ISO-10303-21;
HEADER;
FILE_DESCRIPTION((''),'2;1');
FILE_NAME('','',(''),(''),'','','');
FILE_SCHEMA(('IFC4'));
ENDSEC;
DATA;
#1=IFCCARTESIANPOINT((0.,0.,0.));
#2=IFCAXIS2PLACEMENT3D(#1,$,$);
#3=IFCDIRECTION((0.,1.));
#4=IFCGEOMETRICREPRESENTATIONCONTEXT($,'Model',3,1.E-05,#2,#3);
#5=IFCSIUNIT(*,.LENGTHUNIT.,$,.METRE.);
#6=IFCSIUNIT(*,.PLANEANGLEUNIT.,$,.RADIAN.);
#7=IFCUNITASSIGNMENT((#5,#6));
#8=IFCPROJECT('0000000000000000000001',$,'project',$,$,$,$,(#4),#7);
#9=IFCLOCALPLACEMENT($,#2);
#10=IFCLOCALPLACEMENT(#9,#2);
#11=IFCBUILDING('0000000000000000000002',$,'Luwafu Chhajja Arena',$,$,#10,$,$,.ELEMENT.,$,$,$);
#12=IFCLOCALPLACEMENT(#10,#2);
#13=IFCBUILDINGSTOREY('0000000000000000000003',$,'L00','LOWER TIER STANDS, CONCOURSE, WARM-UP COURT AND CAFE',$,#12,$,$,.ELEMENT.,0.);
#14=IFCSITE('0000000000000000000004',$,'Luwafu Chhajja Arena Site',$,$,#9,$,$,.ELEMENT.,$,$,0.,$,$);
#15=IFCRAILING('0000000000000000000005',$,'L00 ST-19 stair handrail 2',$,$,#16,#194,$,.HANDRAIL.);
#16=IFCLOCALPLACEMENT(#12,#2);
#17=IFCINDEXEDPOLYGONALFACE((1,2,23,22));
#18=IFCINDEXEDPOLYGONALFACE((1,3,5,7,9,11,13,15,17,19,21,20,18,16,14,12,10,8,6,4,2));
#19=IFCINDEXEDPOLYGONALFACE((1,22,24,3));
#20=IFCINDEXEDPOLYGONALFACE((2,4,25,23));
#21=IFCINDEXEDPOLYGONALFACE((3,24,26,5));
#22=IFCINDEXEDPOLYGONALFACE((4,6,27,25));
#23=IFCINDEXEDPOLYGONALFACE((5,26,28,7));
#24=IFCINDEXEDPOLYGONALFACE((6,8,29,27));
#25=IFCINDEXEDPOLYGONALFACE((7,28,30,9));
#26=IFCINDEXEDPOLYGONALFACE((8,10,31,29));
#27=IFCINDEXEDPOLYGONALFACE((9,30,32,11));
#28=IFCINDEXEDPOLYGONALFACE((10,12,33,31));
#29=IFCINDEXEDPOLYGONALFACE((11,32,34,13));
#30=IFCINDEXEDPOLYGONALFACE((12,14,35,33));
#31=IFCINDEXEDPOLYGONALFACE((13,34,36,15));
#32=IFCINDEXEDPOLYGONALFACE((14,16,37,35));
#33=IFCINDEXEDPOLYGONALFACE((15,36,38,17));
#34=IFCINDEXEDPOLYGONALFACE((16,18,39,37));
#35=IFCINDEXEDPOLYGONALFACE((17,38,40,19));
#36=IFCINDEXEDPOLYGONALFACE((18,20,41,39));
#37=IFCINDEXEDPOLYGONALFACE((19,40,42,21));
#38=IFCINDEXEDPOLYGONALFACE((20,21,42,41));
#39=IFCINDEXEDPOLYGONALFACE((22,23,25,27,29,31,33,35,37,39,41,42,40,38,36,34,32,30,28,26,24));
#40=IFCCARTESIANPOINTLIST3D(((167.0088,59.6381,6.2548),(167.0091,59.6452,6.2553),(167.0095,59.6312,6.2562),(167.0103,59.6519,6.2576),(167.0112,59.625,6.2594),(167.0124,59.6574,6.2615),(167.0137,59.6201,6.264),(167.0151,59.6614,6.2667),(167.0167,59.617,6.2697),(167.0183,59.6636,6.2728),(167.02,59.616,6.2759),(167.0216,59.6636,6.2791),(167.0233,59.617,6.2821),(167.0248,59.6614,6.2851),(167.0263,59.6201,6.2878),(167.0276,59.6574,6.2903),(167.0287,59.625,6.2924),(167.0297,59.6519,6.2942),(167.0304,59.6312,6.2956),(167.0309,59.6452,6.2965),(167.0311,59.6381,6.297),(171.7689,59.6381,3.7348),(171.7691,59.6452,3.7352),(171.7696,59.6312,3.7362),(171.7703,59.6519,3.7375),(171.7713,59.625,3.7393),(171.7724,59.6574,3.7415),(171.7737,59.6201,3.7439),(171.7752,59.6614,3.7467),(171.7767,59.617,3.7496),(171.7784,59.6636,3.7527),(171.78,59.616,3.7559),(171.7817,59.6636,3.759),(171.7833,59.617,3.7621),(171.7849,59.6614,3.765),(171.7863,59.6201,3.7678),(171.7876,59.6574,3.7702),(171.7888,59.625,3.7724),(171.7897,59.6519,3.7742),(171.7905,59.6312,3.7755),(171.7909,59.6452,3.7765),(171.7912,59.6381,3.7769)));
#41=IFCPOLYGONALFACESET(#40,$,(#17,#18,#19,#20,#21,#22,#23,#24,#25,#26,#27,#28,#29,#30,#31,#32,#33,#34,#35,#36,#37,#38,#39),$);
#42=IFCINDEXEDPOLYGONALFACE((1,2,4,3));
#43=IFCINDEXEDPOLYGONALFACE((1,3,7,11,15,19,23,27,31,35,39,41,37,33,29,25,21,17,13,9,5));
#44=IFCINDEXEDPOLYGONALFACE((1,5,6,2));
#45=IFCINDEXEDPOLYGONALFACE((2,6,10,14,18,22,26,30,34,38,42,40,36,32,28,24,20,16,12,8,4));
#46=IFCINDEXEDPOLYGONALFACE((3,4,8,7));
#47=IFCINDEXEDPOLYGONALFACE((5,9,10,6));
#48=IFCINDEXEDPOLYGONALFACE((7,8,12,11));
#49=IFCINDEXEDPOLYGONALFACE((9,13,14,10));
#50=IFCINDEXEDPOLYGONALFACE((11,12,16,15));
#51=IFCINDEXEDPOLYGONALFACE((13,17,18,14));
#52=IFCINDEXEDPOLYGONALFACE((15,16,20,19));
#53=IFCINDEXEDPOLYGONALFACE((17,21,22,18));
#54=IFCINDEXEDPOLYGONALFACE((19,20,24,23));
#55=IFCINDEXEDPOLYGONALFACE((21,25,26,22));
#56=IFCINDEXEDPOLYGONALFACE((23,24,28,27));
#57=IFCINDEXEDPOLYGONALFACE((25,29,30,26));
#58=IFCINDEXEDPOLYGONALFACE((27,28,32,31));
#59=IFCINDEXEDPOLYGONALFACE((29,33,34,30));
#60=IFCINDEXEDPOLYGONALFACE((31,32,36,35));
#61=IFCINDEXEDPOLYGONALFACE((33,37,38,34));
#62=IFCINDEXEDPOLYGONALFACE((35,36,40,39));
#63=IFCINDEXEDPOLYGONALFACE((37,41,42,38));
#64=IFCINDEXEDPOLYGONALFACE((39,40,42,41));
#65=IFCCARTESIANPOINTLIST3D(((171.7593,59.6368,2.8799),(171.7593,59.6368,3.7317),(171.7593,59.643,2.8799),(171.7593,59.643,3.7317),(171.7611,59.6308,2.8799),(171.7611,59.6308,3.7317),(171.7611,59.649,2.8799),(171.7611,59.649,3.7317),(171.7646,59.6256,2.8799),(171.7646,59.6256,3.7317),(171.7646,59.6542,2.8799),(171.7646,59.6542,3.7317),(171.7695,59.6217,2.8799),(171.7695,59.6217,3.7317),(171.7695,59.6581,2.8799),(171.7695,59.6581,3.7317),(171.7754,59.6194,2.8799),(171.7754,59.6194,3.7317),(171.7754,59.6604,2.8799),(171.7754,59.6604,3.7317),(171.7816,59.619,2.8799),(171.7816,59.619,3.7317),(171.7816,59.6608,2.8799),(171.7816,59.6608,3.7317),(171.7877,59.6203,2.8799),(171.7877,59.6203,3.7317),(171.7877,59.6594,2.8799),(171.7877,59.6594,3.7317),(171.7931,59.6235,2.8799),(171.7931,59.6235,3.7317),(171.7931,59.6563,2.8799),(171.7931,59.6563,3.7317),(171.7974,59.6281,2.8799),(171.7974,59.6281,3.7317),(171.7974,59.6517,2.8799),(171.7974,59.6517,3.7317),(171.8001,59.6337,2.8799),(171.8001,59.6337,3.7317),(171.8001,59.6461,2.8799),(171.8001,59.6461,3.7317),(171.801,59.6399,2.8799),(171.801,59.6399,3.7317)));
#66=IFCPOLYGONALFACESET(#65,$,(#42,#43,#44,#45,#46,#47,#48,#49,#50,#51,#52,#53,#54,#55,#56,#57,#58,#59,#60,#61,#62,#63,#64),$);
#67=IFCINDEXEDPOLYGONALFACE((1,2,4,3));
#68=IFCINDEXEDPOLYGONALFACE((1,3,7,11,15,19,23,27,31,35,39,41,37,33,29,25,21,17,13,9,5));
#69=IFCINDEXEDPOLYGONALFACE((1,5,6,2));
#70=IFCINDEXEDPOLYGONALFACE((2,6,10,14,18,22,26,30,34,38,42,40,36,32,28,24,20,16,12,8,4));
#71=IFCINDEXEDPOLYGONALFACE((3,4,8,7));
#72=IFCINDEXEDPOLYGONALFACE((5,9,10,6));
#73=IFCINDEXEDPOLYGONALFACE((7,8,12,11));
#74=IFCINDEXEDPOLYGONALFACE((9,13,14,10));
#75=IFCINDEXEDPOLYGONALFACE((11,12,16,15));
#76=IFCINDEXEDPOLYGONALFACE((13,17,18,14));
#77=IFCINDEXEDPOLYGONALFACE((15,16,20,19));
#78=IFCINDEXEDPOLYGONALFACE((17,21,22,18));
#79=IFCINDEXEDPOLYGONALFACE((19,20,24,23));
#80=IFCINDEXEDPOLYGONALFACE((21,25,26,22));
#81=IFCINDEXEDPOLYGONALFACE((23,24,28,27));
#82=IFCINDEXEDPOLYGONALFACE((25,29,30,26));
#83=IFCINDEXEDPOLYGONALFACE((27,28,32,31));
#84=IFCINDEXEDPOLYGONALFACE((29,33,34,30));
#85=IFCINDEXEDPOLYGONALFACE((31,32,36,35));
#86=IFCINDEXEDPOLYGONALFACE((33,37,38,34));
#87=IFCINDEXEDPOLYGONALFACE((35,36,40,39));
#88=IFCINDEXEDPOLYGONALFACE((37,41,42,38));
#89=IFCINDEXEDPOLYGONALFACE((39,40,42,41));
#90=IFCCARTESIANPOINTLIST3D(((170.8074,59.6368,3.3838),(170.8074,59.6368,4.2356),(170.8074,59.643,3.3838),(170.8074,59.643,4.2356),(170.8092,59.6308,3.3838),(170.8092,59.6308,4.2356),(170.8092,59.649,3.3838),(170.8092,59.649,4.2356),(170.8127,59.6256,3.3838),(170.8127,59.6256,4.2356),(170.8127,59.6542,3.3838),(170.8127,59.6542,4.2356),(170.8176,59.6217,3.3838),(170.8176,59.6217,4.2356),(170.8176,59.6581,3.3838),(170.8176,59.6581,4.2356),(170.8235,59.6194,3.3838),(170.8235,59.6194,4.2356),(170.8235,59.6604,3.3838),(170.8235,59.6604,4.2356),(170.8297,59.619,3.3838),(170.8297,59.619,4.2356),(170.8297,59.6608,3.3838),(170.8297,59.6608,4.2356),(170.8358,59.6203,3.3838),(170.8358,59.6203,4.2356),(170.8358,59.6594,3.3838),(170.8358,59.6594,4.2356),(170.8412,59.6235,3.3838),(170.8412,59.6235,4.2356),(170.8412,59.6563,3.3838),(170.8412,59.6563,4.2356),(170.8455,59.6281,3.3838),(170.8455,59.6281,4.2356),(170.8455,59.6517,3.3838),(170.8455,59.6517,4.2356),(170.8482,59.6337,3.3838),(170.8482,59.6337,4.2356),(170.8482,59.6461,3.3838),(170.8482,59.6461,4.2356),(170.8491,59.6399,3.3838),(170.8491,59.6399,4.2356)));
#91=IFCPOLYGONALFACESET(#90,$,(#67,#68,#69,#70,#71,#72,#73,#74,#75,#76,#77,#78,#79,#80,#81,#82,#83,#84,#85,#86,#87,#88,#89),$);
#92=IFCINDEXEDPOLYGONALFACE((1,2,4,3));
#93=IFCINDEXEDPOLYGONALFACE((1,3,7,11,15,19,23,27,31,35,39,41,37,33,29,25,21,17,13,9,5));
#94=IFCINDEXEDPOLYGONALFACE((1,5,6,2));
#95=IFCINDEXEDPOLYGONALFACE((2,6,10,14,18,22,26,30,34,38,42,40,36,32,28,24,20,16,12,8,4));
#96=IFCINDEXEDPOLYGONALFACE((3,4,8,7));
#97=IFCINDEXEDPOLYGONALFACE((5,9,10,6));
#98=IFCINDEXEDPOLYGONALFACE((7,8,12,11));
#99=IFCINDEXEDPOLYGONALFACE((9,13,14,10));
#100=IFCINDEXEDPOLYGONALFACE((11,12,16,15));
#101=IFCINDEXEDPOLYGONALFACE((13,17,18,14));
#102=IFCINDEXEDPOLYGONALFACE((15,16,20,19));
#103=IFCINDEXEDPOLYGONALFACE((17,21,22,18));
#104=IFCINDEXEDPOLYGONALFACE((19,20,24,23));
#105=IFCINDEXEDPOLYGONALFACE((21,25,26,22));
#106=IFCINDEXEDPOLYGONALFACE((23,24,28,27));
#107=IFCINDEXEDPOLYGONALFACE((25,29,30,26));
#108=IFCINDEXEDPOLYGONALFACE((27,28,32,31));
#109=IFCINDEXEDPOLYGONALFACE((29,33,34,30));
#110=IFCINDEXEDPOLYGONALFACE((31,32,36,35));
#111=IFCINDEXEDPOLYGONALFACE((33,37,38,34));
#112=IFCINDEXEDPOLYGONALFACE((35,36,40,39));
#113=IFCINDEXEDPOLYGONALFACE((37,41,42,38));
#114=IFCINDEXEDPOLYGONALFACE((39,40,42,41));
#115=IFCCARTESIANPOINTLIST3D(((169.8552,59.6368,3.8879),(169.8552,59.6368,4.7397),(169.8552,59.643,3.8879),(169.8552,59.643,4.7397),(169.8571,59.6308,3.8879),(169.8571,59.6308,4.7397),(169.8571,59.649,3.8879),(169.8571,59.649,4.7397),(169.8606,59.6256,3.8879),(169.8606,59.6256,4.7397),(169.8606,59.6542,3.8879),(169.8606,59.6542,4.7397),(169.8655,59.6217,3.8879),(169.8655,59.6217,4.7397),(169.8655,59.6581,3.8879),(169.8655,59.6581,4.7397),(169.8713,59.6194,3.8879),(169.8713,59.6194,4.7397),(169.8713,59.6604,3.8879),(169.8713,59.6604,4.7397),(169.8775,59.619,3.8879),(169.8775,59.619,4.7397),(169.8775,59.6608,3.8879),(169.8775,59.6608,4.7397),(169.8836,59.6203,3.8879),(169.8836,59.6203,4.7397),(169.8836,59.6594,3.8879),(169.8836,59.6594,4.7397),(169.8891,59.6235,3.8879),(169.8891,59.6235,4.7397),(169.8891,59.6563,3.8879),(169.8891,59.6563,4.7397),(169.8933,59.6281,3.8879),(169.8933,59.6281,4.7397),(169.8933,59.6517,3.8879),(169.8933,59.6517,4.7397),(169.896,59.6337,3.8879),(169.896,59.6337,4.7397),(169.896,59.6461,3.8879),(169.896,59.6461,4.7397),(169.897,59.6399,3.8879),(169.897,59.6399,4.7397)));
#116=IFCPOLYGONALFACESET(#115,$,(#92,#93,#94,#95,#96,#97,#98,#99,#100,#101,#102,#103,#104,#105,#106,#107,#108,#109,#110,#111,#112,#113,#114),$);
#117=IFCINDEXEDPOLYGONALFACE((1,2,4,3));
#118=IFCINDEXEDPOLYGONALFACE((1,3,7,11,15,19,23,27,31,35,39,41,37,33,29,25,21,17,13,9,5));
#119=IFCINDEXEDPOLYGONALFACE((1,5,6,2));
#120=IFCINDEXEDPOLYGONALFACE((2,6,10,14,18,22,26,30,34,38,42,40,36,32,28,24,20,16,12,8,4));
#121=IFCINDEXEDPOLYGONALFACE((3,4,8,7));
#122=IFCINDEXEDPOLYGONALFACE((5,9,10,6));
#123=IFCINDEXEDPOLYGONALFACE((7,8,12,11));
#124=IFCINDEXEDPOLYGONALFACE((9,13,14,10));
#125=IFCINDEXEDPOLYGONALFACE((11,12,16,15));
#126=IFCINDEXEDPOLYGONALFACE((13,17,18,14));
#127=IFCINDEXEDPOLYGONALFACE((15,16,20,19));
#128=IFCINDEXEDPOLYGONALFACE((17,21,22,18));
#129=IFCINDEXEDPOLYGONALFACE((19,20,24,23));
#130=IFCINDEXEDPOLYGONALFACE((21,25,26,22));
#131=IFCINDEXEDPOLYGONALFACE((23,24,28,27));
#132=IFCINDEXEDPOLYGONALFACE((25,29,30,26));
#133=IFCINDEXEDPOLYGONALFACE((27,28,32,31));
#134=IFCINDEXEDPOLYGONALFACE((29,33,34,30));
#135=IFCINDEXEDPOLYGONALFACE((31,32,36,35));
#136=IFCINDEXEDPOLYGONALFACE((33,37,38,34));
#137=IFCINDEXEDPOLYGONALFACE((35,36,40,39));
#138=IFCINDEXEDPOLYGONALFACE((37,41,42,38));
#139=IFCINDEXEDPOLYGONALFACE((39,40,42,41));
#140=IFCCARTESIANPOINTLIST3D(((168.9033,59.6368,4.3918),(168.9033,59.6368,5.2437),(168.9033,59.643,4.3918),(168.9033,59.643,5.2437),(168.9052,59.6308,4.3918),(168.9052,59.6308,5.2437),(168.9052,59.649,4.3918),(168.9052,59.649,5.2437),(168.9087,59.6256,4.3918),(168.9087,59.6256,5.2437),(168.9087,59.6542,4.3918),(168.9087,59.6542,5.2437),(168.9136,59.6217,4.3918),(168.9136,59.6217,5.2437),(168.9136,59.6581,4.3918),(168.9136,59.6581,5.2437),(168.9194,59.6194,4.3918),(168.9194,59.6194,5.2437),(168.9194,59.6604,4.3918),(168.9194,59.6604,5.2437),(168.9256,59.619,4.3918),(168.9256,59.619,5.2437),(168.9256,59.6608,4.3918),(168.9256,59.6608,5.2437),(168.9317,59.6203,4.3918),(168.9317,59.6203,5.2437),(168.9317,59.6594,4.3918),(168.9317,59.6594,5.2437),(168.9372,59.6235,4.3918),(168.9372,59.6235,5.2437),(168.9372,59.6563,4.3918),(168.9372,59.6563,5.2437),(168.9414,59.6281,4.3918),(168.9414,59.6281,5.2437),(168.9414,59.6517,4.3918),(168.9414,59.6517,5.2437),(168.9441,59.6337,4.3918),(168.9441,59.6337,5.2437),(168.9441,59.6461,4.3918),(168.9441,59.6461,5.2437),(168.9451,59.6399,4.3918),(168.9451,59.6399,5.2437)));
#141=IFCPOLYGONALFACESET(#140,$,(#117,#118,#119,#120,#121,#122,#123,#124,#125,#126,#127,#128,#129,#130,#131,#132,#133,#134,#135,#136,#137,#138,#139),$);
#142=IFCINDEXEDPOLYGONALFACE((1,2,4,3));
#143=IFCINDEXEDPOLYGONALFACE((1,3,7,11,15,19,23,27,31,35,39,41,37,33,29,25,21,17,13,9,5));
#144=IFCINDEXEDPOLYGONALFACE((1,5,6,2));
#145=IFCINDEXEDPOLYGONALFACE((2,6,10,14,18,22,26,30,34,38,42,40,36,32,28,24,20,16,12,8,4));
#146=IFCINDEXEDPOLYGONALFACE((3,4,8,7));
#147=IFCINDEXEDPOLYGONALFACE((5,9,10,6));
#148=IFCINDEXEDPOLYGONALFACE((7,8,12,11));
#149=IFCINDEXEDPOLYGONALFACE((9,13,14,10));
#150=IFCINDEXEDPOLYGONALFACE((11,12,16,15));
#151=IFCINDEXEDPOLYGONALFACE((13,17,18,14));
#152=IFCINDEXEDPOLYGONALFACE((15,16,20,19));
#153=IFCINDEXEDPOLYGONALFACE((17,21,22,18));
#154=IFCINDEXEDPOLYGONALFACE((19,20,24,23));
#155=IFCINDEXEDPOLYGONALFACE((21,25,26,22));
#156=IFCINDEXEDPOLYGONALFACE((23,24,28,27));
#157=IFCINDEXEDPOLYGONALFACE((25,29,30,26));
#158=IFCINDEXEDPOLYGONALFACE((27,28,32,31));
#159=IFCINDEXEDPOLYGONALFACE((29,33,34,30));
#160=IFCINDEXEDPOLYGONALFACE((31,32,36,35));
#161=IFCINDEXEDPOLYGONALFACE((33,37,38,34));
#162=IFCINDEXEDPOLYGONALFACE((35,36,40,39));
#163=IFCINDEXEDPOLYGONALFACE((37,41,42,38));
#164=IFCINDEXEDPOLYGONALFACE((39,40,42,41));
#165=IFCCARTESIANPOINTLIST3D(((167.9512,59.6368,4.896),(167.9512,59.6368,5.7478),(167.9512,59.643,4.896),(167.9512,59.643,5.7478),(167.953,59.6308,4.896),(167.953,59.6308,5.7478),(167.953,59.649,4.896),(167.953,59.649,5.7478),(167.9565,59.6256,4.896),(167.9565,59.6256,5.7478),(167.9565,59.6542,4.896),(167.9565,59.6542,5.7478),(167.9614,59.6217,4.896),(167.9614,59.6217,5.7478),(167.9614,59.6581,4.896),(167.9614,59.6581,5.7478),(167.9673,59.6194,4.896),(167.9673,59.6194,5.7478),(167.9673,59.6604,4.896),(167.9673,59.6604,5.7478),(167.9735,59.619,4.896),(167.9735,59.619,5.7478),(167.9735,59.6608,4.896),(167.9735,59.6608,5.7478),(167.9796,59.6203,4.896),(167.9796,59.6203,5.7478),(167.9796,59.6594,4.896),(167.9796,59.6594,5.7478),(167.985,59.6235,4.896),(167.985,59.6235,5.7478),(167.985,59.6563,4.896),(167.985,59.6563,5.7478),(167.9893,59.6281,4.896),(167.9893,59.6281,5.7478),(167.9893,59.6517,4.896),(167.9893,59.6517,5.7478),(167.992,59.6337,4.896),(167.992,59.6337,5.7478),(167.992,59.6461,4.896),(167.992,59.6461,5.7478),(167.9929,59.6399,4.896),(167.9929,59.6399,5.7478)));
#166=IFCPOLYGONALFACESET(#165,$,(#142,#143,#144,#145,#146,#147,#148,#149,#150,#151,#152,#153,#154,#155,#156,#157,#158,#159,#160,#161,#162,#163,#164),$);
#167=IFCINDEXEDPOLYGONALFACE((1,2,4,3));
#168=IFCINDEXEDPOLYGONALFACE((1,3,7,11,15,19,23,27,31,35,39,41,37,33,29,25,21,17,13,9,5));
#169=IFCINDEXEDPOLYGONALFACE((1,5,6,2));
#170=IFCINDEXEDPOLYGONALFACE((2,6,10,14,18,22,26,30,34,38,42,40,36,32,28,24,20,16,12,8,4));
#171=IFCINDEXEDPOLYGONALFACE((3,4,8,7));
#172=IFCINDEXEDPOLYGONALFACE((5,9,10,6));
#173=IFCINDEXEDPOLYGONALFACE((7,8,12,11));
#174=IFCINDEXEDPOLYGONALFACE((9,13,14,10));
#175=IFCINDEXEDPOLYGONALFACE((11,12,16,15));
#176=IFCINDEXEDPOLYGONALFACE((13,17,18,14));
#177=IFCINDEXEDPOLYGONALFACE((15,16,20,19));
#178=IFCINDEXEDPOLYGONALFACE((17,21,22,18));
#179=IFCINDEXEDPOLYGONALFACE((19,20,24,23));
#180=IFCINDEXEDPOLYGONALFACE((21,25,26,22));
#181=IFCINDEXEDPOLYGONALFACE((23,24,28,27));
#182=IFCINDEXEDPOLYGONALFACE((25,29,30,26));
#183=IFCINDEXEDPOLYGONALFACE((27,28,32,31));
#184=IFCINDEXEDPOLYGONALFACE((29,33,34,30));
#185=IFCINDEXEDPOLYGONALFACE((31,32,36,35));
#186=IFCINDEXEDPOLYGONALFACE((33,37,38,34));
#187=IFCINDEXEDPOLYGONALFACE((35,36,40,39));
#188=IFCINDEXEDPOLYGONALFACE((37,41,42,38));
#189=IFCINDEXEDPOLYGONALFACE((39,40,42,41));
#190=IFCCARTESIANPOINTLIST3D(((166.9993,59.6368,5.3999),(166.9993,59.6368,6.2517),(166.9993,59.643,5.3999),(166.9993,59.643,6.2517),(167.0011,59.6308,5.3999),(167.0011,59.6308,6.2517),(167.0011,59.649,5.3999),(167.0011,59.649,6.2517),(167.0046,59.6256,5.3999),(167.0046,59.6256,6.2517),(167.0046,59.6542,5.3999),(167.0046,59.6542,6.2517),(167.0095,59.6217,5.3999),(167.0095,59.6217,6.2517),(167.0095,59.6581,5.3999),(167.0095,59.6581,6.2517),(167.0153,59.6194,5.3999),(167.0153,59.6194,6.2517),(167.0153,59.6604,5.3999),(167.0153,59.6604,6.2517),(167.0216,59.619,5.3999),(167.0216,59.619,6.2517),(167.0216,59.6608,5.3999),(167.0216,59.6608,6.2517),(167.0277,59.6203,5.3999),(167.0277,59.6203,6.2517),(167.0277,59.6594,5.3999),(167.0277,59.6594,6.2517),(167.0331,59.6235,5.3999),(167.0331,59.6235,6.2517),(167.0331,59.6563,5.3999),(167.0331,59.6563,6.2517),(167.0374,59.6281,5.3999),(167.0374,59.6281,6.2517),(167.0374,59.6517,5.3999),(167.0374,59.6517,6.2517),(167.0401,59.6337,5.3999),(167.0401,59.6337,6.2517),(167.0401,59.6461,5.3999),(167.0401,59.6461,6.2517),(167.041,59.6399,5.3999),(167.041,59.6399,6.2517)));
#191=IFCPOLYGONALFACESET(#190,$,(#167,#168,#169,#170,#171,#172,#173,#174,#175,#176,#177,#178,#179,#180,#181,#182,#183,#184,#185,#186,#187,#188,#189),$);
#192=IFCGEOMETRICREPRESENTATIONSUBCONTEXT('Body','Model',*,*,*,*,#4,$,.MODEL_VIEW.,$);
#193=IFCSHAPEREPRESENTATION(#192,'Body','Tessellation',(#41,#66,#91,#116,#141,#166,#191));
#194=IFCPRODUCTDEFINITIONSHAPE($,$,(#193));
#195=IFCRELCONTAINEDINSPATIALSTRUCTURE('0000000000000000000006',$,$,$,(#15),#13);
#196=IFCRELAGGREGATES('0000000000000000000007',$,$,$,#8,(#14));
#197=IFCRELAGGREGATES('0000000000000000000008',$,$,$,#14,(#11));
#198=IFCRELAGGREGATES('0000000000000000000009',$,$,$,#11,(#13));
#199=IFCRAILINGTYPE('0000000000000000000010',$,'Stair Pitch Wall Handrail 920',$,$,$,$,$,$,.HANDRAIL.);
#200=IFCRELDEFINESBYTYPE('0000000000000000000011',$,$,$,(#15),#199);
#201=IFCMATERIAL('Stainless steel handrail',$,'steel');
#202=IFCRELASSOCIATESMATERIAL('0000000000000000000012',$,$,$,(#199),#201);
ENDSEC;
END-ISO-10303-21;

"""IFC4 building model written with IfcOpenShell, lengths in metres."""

from ifc_helpers import new_model, si_unit, direction, frame, origin, origin_2d, place, context, subcontext, project, spatial, circle, extrude, material, type_object, element, save


model = new_model("IFC4")

# Units and contexts
model_context = context("Model", 3, precision=1e-05, world=origin(), true_north=direction((0.0, 1.0)))
body_context = subcontext(model_context, "Body", "Model", "MODEL_VIEW")
ifc_project = project(units=[si_unit("LENGTHUNIT", "METRE"), si_unit("PLANEANGLEUNIT", "RADIAN")], contexts=[model_context])

# Site, building, storey
site_placement = place(None, origin())
site = spatial("IfcSite", under=ifc_project, at=site_placement, Name="Luwafu Chhajja Arena Site", CompositionType="ELEMENT", RefElevation=0.0)
building_placement = place(site_placement, origin())
building = spatial("IfcBuilding", under=site, at=building_placement, Name="Luwafu Chhajja Arena", CompositionType="ELEMENT")
storey_placement = place(building_placement, origin())
storey = spatial("IfcBuildingStorey", under=building, at=storey_placement, Name="L00", Description="LOWER TIER STANDS, CONCOURSE, WARM-UP COURT AND CAFE", CompositionType="ELEMENT", Elevation=0.0)

# Railing
ifc_material_1 = material(Name="Stainless steel handrail", Category="steel")
railing_type_1 = type_object("IfcRailingType", Name="Stair Pitch Wall Handrail 920", PredefinedType="HANDRAIL", material=ifc_material_1)
for number, where, name in (
    (1, (171.78, 59.6399, 2.8799), "L00 ST-19 stair handrail 2"),
):
    element("IfcRailing", number, at=place(storey_placement, frame(where)), inside=storey, type_object=railing_type_1, Name=name, PredefinedType="HANDRAIL", context=body_context, shape_type="SweptSolid", body=[
        extrude(circle(Radius=0.0239, at=origin_2d()), frame((0.0, 0.0, 0.876), z_axis=(-0.883787, 0.0, 0.46789), x_axis=(0.0, -1.0, 0.0)), (0.0, 0.0, 1.0), 5.386),
        extrude(circle(Radius=0.021, at=origin_2d()), origin(), (0.0, 0.0, 1.0), 0.8518),
        extrude(circle(Radius=0.021, at=origin_2d()), frame((-0.9519, 0.0, 0.5039)), (0.0, 0.0, 1.0), 0.8518),
        extrude(circle(Radius=0.021, at=origin_2d()), frame((-1.9041, 0.0, 1.0081)), (0.0, 0.0, 1.0), 0.8518),
        extrude(circle(Radius=0.021, at=origin_2d()), frame((-2.856, 0.0, 1.512)), (0.0, 0.0, 1.0), 0.8518),
        extrude(circle(Radius=0.021, at=origin_2d()), frame((-3.8081, 0.0, 2.0161)), (0.0, 0.0, 1.0), 0.8518),
        extrude(circle(Radius=0.021, at=origin_2d()), frame((-4.76, 0.0, 2.52)), (0.0, 0.0, 1.0), 0.8518),
    ])

save(model, "model.ifc")
